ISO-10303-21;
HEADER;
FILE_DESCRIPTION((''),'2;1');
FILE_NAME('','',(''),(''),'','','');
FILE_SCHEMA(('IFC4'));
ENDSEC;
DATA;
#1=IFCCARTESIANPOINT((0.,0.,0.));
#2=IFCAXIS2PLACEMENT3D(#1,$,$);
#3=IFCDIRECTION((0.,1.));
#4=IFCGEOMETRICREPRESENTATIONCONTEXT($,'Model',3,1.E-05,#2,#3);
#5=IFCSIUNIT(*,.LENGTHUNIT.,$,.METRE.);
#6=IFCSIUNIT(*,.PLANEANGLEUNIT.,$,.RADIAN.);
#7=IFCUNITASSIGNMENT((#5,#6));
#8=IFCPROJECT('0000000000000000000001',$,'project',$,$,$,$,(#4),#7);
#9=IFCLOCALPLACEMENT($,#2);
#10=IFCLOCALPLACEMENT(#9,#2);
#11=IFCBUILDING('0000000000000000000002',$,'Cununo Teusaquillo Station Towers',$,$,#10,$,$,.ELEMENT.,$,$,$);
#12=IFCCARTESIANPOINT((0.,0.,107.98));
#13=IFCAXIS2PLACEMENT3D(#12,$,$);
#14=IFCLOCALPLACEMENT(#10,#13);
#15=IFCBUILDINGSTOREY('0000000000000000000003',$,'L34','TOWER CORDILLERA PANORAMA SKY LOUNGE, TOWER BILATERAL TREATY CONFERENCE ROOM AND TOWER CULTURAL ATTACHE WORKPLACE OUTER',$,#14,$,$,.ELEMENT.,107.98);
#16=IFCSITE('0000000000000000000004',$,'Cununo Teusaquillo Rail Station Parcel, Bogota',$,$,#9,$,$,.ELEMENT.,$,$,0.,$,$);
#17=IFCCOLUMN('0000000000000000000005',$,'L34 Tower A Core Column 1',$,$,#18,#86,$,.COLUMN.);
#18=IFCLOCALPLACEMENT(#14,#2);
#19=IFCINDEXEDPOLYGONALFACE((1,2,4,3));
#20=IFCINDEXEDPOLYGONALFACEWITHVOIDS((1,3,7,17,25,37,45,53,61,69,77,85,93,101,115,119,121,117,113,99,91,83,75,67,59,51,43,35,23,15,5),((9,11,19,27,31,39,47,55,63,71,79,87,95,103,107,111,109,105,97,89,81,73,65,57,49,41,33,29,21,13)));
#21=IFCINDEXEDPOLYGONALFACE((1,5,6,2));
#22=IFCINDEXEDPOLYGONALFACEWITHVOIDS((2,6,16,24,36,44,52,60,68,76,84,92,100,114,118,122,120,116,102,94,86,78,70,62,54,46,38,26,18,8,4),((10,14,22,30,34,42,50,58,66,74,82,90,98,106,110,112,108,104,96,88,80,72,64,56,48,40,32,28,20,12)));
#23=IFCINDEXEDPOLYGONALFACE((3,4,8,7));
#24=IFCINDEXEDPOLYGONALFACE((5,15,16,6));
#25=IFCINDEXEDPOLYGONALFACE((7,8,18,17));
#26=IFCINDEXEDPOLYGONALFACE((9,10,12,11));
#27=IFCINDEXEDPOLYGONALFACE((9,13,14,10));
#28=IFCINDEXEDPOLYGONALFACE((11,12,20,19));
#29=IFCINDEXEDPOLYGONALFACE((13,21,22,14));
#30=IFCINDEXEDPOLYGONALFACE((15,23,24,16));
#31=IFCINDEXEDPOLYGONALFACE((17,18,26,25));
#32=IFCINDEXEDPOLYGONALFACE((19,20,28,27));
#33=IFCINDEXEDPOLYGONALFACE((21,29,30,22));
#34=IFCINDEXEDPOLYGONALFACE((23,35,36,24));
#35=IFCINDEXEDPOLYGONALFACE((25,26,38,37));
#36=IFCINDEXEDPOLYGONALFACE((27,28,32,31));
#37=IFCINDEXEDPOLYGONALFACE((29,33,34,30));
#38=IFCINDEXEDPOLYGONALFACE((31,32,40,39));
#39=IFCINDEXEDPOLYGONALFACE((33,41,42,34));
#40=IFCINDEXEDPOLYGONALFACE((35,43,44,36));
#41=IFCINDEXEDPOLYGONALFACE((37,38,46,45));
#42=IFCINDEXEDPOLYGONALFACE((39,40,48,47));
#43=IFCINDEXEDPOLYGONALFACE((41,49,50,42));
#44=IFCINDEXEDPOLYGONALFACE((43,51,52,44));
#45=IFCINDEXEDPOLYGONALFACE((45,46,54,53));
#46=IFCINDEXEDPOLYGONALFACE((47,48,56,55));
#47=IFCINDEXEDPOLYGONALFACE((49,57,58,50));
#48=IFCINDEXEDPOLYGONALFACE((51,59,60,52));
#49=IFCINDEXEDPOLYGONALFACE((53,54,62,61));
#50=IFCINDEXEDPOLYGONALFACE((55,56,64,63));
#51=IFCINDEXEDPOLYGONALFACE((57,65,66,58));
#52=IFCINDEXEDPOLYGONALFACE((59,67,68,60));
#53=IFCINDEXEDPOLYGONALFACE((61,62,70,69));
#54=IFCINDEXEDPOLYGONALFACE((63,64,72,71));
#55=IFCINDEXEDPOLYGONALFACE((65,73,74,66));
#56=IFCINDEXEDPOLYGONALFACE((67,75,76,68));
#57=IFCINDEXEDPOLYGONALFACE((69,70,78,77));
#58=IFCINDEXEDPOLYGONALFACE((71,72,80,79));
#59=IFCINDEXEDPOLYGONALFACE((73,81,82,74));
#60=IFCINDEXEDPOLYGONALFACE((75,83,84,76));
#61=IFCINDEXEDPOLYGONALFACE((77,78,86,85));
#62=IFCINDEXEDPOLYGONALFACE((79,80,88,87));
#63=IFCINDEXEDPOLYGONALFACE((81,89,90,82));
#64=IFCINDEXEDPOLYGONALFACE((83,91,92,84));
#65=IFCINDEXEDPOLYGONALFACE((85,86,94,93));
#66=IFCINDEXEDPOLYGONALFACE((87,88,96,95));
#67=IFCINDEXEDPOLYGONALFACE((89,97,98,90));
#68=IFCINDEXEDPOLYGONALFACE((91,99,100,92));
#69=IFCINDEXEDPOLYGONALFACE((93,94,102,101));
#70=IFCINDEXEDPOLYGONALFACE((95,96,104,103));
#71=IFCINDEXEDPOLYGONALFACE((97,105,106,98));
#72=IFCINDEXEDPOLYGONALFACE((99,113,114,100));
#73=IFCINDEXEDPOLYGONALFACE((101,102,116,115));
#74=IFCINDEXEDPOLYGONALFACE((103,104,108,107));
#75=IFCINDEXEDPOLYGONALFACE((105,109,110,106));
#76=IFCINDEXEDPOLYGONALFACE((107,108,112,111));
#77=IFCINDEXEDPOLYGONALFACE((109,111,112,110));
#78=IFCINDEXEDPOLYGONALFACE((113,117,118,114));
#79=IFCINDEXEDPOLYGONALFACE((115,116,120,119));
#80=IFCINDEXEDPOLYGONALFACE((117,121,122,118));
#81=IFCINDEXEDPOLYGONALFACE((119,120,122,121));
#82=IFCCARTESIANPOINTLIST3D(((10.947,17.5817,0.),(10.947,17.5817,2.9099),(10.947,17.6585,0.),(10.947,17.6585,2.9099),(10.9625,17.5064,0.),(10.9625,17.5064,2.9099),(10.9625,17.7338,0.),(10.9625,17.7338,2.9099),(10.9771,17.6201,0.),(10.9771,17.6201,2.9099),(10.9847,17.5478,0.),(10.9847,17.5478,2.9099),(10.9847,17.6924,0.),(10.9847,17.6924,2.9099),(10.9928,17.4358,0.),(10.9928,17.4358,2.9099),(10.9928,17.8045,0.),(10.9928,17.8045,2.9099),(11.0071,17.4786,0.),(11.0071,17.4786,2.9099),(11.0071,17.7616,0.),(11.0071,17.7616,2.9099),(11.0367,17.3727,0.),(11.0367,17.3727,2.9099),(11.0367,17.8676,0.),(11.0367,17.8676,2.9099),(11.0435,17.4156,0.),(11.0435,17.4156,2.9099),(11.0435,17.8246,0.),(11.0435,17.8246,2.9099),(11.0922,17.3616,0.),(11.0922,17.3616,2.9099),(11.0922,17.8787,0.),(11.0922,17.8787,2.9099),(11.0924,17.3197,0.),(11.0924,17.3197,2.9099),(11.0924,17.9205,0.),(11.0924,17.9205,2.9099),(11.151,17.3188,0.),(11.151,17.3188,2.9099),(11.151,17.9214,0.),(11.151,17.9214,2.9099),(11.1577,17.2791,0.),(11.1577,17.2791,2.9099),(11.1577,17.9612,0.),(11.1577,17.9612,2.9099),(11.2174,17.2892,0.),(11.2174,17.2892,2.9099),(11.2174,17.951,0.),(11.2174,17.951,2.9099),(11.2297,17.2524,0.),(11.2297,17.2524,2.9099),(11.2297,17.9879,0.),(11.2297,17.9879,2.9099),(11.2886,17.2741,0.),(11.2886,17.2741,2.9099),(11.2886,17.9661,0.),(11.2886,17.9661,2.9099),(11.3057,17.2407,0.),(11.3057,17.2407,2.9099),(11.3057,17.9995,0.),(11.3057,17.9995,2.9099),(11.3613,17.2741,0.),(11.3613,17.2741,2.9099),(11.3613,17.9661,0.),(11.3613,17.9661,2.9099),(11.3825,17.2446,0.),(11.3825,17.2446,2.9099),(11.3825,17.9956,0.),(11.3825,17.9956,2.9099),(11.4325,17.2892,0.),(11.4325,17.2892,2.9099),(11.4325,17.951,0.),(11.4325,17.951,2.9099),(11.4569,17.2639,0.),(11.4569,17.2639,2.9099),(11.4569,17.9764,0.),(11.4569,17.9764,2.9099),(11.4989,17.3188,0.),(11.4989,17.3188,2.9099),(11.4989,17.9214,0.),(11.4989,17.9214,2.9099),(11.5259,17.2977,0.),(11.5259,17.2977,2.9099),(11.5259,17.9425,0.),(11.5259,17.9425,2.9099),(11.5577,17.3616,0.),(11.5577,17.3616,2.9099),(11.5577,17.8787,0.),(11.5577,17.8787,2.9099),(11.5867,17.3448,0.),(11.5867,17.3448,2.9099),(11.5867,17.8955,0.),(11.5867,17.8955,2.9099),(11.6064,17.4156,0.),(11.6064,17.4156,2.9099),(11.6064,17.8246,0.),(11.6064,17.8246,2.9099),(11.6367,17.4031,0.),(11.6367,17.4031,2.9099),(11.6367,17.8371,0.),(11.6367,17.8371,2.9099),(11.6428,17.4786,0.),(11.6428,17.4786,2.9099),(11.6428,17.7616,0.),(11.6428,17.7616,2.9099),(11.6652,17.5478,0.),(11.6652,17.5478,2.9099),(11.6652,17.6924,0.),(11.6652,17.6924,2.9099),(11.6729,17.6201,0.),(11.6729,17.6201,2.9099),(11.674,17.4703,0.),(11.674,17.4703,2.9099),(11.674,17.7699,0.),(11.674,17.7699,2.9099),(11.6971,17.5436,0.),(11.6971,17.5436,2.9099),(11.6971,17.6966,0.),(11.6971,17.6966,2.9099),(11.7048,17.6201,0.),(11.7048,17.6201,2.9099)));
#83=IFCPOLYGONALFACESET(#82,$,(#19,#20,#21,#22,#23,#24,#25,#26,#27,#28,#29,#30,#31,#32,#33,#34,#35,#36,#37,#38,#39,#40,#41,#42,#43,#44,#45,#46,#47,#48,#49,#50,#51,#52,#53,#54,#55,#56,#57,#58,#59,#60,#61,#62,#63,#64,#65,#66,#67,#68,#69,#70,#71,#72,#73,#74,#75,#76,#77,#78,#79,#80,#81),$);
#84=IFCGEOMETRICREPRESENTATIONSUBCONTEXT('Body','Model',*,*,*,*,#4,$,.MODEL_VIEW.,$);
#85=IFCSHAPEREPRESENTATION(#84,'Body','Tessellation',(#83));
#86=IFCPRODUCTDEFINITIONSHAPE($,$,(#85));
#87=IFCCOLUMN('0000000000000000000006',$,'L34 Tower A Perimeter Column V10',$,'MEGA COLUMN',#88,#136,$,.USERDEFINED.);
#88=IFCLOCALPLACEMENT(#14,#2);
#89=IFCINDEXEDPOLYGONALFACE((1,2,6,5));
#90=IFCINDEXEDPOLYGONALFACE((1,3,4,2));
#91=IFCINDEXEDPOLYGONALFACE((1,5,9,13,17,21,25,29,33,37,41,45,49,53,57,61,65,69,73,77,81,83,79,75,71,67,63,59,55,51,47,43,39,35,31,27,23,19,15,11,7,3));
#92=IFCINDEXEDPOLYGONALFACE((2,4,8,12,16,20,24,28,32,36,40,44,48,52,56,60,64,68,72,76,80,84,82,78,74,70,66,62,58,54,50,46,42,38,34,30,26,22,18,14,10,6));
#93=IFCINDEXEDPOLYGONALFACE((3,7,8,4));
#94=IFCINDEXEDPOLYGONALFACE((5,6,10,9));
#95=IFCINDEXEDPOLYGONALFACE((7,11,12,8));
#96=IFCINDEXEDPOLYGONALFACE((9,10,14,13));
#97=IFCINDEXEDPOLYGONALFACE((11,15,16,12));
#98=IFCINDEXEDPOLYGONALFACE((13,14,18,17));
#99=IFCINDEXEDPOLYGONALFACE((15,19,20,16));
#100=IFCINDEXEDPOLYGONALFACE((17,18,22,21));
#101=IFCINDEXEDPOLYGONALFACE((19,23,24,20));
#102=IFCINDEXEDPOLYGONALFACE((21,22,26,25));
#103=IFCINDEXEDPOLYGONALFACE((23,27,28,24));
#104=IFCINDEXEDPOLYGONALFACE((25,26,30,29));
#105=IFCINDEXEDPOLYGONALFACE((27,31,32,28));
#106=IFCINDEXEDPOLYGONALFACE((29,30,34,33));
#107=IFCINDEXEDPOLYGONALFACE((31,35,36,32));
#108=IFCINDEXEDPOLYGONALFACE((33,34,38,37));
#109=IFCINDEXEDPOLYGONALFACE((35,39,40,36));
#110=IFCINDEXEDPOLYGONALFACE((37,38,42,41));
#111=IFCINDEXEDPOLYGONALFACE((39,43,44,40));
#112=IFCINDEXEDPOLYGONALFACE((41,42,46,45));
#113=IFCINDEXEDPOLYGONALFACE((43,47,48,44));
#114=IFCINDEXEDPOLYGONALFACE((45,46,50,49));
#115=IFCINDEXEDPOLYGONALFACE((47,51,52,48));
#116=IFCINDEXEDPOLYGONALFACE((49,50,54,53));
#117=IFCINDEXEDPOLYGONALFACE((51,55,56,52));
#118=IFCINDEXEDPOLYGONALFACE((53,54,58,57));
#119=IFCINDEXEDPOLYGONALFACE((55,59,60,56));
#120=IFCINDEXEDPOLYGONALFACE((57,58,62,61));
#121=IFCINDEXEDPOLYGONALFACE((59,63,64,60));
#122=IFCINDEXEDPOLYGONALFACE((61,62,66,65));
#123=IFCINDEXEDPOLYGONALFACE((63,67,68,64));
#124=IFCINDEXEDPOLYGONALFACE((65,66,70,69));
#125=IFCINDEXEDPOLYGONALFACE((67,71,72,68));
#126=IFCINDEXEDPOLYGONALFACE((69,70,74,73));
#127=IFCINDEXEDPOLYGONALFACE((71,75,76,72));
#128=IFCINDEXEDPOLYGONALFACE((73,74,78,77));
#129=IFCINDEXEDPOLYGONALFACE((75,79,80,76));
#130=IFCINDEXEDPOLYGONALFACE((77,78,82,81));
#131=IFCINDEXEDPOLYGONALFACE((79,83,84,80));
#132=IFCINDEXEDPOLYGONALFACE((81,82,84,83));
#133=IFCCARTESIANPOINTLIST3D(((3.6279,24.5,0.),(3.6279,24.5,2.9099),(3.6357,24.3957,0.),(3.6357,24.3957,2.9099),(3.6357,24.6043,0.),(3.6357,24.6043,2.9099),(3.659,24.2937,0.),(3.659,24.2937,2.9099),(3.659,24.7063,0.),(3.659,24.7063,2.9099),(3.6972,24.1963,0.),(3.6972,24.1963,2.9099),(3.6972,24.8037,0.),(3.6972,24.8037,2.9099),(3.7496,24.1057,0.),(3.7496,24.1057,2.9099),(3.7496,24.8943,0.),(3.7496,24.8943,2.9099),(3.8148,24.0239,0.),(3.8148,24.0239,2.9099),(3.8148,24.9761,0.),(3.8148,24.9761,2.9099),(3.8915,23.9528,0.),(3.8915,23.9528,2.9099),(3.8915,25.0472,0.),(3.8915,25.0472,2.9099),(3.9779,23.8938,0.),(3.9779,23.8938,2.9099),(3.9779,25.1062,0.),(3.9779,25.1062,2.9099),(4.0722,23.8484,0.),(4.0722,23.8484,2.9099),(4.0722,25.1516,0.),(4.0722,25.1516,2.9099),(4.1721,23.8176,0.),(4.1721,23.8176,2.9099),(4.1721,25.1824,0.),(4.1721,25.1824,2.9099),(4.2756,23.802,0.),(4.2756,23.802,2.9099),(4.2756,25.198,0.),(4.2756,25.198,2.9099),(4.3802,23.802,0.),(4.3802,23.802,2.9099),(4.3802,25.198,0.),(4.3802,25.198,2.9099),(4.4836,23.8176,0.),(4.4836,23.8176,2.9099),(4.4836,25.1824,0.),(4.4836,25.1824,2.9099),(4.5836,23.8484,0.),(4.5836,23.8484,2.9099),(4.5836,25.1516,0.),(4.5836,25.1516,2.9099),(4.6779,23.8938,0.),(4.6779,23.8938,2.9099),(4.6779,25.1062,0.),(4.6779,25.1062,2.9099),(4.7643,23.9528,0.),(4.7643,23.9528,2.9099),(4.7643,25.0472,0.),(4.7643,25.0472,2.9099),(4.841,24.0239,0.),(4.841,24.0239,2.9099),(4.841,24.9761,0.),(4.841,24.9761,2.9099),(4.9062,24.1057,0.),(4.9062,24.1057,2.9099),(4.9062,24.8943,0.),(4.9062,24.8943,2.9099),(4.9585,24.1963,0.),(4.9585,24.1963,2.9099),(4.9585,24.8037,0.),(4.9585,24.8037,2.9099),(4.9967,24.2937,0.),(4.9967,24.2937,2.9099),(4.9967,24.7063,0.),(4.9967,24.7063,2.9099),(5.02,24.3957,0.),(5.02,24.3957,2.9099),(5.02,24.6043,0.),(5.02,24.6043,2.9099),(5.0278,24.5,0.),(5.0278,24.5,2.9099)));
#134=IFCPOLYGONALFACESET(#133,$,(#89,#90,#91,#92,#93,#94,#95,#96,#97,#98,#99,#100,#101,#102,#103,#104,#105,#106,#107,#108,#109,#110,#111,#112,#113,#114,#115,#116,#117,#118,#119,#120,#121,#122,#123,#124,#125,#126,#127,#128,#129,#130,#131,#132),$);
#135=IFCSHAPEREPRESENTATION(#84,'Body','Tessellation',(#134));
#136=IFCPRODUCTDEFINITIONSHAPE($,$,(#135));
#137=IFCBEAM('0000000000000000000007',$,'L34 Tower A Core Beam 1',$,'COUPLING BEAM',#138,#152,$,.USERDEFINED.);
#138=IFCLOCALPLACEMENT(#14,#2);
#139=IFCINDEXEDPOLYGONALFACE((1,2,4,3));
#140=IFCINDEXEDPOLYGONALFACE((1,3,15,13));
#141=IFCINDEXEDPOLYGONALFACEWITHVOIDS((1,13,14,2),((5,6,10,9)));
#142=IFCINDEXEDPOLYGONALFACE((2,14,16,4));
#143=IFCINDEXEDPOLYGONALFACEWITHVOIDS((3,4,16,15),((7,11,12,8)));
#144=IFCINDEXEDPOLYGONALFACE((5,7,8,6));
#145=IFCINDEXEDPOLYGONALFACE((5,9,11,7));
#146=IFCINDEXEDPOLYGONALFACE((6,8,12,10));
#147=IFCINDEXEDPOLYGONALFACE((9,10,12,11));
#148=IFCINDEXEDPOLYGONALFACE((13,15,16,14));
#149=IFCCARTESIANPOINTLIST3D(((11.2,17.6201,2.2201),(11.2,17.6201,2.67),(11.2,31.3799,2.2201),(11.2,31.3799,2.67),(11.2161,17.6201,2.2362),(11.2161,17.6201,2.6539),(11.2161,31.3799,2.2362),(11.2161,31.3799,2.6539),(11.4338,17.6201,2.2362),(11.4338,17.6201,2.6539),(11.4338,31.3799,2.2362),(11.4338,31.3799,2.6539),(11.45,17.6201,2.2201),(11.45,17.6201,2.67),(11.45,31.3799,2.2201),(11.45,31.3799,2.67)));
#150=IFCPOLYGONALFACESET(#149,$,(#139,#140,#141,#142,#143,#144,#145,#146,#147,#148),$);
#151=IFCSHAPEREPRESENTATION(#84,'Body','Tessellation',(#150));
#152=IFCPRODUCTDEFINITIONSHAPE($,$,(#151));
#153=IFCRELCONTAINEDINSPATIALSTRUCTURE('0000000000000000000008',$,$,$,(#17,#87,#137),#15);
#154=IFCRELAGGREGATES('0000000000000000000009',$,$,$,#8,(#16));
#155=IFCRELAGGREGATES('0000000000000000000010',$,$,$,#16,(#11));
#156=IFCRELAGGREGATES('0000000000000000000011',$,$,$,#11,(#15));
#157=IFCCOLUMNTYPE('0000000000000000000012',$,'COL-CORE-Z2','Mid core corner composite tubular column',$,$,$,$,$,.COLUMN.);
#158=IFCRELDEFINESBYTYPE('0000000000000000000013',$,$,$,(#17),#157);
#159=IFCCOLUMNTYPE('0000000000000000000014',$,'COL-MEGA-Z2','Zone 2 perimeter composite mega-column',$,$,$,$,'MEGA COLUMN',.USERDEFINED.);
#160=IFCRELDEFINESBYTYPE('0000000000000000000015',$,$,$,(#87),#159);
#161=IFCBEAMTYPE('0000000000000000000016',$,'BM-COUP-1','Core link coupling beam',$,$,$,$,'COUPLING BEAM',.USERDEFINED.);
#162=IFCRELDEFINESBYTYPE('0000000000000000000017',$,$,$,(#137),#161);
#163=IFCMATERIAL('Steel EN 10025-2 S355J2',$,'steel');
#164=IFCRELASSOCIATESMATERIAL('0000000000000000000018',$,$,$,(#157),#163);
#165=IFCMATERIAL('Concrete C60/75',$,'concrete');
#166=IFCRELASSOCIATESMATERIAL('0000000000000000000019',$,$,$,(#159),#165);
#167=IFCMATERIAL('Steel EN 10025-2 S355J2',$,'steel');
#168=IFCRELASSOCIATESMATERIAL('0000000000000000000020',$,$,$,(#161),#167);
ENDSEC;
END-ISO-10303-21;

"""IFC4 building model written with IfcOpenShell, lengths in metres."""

from ifc_helpers import new_model, si_unit, direction, frame, origin, origin_2d, place, context, subcontext, project, spatial, hollow_rectangle, circle, hollow_circle, extrude, material, material_profile, profile_set, type_object, element, save


model = new_model("IFC4")

# Units and contexts
model_context = context("Model", 3, precision=1e-05, world=origin(), true_north=direction((0.0, 1.0)))
body_context = subcontext(model_context, "Body", "Model", "MODEL_VIEW")
ifc_project = project(units=[si_unit("LENGTHUNIT", "METRE"), si_unit("PLANEANGLEUNIT", "RADIAN")], contexts=[model_context])

# Site, building, storey
site_placement = place(None, origin())
site = spatial("IfcSite", under=ifc_project, at=site_placement, Name="Cununo Teusaquillo Rail Station Parcel, Bogota", CompositionType="ELEMENT", RefElevation=0.0)
building_placement = place(site_placement, origin())
building = spatial("IfcBuilding", under=site, at=building_placement, Name="Cununo Teusaquillo Station Towers", CompositionType="ELEMENT")
storey_placement = place(building_placement, frame((0.0, 0.0, 107.98)))
storey = spatial("IfcBuildingStorey", under=building, at=storey_placement, Name="L34", Description="TOWER CORDILLERA PANORAMA SKY LOUNGE, TOWER BILATERAL TREATY CONFERENCE ROOM AND TOWER CULTURAL ATTACHE WORKPLACE OUTER", CompositionType="ELEMENT", Elevation=107.98)

# Columns
ifc_material_1 = material(Name="Steel EN 10025-2 S355J2", Category="steel")
ifc_material_profile_1 = material_profile(ifc_material_1, hollow_circle(Radius=0.3799, WallThickness=0.032, at=origin_2d()), Name="CHS 760x32")
ifc_profile_set_1 = profile_set([ifc_material_profile_1], Name="Steel EN 10025-2 S355J2")
column_type_1 = type_object("IfcColumnType", Name="COL-CORE-Z2", Description="Mid core corner composite tubular column", PredefinedType="COLUMN", material=ifc_profile_set_1)
column_1_placement = place(storey_placement, frame((11.325, 17.6201, 0.0), z_axis=(0.0, 0.0, 1.0), x_axis=(1.0, 0.0, 0.0)))
element("IfcColumn", 1, at=column_1_placement, inside=storey, type_object=column_type_1, Name="L34 Tower A Core Column 1", PredefinedType="COLUMN", context=body_context, shape_type="SweptSolid", body=[
    extrude(hollow_circle(Radius=0.3799, WallThickness=0.032, at=origin_2d()), origin(), (0.0, 0.0, 1.0), 2.9099),
])
ifc_material_2 = material(Name="Concrete C60/75", Category="concrete")
ifc_material_profile_2 = material_profile(ifc_material_2, circle(Radius=0.7, at=origin_2d()), Name="RC-CIRC-1400")
ifc_profile_set_2 = profile_set([ifc_material_profile_2], Name="Concrete C60/75")
column_type_2 = type_object("IfcColumnType", Name="COL-MEGA-Z2", Description="Zone 2 perimeter composite mega-column", ElementType="MEGA COLUMN", PredefinedType="USERDEFINED", material=ifc_profile_set_2)
column_2_placement = place(storey_placement, frame((4.3279, 24.5, 0.0), z_axis=(0.0, 0.0, 1.0), x_axis=(1.0, 0.0, 0.0)))
element("IfcColumn", 2, at=column_2_placement, inside=storey, type_object=column_type_2, Name="L34 Tower A Perimeter Column V10", ObjectType="MEGA COLUMN", PredefinedType="USERDEFINED", context=body_context, shape_type="SweptSolid", body=[
    extrude(circle(Radius=0.7, at=origin_2d()), origin(), (0.0, 0.0, 1.0), 2.9099),
])

# Beam
ifc_material_3 = material(Name="Steel EN 10025-2 S355J2", Category="steel")
ifc_material_profile_3 = material_profile(ifc_material_3, hollow_rectangle(XDim=0.25, YDim=0.45, WallThickness=0.0161, at=origin_2d()), Name="RHS 450x250x16")
ifc_profile_set_3 = profile_set([ifc_material_profile_3], Name="Steel EN 10025-2 S355J2")
beam_type_1 = type_object("IfcBeamType", Name="BM-COUP-1", Description="Core link coupling beam", ElementType="COUPLING BEAM", PredefinedType="USERDEFINED", material=ifc_profile_set_3)
beam_1_placement = place(storey_placement, frame((11.325, 17.6201, 2.4451), z_axis=(0.0, 1.0, 0.0), x_axis=(-1.0, 0.0, 0.0)))
element("IfcBeam", 3, at=beam_1_placement, inside=storey, type_object=beam_type_1, Name="L34 Tower A Core Beam 1", ObjectType="COUPLING BEAM", PredefinedType="USERDEFINED", context=body_context, shape_type="SweptSolid", body=[
    extrude(hollow_rectangle(XDim=0.25, YDim=0.45, WallThickness=0.0161, at=origin_2d()), origin(), (0.0, 0.0, 1.0), 13.7598),
])

save(model, "model.ifc")
